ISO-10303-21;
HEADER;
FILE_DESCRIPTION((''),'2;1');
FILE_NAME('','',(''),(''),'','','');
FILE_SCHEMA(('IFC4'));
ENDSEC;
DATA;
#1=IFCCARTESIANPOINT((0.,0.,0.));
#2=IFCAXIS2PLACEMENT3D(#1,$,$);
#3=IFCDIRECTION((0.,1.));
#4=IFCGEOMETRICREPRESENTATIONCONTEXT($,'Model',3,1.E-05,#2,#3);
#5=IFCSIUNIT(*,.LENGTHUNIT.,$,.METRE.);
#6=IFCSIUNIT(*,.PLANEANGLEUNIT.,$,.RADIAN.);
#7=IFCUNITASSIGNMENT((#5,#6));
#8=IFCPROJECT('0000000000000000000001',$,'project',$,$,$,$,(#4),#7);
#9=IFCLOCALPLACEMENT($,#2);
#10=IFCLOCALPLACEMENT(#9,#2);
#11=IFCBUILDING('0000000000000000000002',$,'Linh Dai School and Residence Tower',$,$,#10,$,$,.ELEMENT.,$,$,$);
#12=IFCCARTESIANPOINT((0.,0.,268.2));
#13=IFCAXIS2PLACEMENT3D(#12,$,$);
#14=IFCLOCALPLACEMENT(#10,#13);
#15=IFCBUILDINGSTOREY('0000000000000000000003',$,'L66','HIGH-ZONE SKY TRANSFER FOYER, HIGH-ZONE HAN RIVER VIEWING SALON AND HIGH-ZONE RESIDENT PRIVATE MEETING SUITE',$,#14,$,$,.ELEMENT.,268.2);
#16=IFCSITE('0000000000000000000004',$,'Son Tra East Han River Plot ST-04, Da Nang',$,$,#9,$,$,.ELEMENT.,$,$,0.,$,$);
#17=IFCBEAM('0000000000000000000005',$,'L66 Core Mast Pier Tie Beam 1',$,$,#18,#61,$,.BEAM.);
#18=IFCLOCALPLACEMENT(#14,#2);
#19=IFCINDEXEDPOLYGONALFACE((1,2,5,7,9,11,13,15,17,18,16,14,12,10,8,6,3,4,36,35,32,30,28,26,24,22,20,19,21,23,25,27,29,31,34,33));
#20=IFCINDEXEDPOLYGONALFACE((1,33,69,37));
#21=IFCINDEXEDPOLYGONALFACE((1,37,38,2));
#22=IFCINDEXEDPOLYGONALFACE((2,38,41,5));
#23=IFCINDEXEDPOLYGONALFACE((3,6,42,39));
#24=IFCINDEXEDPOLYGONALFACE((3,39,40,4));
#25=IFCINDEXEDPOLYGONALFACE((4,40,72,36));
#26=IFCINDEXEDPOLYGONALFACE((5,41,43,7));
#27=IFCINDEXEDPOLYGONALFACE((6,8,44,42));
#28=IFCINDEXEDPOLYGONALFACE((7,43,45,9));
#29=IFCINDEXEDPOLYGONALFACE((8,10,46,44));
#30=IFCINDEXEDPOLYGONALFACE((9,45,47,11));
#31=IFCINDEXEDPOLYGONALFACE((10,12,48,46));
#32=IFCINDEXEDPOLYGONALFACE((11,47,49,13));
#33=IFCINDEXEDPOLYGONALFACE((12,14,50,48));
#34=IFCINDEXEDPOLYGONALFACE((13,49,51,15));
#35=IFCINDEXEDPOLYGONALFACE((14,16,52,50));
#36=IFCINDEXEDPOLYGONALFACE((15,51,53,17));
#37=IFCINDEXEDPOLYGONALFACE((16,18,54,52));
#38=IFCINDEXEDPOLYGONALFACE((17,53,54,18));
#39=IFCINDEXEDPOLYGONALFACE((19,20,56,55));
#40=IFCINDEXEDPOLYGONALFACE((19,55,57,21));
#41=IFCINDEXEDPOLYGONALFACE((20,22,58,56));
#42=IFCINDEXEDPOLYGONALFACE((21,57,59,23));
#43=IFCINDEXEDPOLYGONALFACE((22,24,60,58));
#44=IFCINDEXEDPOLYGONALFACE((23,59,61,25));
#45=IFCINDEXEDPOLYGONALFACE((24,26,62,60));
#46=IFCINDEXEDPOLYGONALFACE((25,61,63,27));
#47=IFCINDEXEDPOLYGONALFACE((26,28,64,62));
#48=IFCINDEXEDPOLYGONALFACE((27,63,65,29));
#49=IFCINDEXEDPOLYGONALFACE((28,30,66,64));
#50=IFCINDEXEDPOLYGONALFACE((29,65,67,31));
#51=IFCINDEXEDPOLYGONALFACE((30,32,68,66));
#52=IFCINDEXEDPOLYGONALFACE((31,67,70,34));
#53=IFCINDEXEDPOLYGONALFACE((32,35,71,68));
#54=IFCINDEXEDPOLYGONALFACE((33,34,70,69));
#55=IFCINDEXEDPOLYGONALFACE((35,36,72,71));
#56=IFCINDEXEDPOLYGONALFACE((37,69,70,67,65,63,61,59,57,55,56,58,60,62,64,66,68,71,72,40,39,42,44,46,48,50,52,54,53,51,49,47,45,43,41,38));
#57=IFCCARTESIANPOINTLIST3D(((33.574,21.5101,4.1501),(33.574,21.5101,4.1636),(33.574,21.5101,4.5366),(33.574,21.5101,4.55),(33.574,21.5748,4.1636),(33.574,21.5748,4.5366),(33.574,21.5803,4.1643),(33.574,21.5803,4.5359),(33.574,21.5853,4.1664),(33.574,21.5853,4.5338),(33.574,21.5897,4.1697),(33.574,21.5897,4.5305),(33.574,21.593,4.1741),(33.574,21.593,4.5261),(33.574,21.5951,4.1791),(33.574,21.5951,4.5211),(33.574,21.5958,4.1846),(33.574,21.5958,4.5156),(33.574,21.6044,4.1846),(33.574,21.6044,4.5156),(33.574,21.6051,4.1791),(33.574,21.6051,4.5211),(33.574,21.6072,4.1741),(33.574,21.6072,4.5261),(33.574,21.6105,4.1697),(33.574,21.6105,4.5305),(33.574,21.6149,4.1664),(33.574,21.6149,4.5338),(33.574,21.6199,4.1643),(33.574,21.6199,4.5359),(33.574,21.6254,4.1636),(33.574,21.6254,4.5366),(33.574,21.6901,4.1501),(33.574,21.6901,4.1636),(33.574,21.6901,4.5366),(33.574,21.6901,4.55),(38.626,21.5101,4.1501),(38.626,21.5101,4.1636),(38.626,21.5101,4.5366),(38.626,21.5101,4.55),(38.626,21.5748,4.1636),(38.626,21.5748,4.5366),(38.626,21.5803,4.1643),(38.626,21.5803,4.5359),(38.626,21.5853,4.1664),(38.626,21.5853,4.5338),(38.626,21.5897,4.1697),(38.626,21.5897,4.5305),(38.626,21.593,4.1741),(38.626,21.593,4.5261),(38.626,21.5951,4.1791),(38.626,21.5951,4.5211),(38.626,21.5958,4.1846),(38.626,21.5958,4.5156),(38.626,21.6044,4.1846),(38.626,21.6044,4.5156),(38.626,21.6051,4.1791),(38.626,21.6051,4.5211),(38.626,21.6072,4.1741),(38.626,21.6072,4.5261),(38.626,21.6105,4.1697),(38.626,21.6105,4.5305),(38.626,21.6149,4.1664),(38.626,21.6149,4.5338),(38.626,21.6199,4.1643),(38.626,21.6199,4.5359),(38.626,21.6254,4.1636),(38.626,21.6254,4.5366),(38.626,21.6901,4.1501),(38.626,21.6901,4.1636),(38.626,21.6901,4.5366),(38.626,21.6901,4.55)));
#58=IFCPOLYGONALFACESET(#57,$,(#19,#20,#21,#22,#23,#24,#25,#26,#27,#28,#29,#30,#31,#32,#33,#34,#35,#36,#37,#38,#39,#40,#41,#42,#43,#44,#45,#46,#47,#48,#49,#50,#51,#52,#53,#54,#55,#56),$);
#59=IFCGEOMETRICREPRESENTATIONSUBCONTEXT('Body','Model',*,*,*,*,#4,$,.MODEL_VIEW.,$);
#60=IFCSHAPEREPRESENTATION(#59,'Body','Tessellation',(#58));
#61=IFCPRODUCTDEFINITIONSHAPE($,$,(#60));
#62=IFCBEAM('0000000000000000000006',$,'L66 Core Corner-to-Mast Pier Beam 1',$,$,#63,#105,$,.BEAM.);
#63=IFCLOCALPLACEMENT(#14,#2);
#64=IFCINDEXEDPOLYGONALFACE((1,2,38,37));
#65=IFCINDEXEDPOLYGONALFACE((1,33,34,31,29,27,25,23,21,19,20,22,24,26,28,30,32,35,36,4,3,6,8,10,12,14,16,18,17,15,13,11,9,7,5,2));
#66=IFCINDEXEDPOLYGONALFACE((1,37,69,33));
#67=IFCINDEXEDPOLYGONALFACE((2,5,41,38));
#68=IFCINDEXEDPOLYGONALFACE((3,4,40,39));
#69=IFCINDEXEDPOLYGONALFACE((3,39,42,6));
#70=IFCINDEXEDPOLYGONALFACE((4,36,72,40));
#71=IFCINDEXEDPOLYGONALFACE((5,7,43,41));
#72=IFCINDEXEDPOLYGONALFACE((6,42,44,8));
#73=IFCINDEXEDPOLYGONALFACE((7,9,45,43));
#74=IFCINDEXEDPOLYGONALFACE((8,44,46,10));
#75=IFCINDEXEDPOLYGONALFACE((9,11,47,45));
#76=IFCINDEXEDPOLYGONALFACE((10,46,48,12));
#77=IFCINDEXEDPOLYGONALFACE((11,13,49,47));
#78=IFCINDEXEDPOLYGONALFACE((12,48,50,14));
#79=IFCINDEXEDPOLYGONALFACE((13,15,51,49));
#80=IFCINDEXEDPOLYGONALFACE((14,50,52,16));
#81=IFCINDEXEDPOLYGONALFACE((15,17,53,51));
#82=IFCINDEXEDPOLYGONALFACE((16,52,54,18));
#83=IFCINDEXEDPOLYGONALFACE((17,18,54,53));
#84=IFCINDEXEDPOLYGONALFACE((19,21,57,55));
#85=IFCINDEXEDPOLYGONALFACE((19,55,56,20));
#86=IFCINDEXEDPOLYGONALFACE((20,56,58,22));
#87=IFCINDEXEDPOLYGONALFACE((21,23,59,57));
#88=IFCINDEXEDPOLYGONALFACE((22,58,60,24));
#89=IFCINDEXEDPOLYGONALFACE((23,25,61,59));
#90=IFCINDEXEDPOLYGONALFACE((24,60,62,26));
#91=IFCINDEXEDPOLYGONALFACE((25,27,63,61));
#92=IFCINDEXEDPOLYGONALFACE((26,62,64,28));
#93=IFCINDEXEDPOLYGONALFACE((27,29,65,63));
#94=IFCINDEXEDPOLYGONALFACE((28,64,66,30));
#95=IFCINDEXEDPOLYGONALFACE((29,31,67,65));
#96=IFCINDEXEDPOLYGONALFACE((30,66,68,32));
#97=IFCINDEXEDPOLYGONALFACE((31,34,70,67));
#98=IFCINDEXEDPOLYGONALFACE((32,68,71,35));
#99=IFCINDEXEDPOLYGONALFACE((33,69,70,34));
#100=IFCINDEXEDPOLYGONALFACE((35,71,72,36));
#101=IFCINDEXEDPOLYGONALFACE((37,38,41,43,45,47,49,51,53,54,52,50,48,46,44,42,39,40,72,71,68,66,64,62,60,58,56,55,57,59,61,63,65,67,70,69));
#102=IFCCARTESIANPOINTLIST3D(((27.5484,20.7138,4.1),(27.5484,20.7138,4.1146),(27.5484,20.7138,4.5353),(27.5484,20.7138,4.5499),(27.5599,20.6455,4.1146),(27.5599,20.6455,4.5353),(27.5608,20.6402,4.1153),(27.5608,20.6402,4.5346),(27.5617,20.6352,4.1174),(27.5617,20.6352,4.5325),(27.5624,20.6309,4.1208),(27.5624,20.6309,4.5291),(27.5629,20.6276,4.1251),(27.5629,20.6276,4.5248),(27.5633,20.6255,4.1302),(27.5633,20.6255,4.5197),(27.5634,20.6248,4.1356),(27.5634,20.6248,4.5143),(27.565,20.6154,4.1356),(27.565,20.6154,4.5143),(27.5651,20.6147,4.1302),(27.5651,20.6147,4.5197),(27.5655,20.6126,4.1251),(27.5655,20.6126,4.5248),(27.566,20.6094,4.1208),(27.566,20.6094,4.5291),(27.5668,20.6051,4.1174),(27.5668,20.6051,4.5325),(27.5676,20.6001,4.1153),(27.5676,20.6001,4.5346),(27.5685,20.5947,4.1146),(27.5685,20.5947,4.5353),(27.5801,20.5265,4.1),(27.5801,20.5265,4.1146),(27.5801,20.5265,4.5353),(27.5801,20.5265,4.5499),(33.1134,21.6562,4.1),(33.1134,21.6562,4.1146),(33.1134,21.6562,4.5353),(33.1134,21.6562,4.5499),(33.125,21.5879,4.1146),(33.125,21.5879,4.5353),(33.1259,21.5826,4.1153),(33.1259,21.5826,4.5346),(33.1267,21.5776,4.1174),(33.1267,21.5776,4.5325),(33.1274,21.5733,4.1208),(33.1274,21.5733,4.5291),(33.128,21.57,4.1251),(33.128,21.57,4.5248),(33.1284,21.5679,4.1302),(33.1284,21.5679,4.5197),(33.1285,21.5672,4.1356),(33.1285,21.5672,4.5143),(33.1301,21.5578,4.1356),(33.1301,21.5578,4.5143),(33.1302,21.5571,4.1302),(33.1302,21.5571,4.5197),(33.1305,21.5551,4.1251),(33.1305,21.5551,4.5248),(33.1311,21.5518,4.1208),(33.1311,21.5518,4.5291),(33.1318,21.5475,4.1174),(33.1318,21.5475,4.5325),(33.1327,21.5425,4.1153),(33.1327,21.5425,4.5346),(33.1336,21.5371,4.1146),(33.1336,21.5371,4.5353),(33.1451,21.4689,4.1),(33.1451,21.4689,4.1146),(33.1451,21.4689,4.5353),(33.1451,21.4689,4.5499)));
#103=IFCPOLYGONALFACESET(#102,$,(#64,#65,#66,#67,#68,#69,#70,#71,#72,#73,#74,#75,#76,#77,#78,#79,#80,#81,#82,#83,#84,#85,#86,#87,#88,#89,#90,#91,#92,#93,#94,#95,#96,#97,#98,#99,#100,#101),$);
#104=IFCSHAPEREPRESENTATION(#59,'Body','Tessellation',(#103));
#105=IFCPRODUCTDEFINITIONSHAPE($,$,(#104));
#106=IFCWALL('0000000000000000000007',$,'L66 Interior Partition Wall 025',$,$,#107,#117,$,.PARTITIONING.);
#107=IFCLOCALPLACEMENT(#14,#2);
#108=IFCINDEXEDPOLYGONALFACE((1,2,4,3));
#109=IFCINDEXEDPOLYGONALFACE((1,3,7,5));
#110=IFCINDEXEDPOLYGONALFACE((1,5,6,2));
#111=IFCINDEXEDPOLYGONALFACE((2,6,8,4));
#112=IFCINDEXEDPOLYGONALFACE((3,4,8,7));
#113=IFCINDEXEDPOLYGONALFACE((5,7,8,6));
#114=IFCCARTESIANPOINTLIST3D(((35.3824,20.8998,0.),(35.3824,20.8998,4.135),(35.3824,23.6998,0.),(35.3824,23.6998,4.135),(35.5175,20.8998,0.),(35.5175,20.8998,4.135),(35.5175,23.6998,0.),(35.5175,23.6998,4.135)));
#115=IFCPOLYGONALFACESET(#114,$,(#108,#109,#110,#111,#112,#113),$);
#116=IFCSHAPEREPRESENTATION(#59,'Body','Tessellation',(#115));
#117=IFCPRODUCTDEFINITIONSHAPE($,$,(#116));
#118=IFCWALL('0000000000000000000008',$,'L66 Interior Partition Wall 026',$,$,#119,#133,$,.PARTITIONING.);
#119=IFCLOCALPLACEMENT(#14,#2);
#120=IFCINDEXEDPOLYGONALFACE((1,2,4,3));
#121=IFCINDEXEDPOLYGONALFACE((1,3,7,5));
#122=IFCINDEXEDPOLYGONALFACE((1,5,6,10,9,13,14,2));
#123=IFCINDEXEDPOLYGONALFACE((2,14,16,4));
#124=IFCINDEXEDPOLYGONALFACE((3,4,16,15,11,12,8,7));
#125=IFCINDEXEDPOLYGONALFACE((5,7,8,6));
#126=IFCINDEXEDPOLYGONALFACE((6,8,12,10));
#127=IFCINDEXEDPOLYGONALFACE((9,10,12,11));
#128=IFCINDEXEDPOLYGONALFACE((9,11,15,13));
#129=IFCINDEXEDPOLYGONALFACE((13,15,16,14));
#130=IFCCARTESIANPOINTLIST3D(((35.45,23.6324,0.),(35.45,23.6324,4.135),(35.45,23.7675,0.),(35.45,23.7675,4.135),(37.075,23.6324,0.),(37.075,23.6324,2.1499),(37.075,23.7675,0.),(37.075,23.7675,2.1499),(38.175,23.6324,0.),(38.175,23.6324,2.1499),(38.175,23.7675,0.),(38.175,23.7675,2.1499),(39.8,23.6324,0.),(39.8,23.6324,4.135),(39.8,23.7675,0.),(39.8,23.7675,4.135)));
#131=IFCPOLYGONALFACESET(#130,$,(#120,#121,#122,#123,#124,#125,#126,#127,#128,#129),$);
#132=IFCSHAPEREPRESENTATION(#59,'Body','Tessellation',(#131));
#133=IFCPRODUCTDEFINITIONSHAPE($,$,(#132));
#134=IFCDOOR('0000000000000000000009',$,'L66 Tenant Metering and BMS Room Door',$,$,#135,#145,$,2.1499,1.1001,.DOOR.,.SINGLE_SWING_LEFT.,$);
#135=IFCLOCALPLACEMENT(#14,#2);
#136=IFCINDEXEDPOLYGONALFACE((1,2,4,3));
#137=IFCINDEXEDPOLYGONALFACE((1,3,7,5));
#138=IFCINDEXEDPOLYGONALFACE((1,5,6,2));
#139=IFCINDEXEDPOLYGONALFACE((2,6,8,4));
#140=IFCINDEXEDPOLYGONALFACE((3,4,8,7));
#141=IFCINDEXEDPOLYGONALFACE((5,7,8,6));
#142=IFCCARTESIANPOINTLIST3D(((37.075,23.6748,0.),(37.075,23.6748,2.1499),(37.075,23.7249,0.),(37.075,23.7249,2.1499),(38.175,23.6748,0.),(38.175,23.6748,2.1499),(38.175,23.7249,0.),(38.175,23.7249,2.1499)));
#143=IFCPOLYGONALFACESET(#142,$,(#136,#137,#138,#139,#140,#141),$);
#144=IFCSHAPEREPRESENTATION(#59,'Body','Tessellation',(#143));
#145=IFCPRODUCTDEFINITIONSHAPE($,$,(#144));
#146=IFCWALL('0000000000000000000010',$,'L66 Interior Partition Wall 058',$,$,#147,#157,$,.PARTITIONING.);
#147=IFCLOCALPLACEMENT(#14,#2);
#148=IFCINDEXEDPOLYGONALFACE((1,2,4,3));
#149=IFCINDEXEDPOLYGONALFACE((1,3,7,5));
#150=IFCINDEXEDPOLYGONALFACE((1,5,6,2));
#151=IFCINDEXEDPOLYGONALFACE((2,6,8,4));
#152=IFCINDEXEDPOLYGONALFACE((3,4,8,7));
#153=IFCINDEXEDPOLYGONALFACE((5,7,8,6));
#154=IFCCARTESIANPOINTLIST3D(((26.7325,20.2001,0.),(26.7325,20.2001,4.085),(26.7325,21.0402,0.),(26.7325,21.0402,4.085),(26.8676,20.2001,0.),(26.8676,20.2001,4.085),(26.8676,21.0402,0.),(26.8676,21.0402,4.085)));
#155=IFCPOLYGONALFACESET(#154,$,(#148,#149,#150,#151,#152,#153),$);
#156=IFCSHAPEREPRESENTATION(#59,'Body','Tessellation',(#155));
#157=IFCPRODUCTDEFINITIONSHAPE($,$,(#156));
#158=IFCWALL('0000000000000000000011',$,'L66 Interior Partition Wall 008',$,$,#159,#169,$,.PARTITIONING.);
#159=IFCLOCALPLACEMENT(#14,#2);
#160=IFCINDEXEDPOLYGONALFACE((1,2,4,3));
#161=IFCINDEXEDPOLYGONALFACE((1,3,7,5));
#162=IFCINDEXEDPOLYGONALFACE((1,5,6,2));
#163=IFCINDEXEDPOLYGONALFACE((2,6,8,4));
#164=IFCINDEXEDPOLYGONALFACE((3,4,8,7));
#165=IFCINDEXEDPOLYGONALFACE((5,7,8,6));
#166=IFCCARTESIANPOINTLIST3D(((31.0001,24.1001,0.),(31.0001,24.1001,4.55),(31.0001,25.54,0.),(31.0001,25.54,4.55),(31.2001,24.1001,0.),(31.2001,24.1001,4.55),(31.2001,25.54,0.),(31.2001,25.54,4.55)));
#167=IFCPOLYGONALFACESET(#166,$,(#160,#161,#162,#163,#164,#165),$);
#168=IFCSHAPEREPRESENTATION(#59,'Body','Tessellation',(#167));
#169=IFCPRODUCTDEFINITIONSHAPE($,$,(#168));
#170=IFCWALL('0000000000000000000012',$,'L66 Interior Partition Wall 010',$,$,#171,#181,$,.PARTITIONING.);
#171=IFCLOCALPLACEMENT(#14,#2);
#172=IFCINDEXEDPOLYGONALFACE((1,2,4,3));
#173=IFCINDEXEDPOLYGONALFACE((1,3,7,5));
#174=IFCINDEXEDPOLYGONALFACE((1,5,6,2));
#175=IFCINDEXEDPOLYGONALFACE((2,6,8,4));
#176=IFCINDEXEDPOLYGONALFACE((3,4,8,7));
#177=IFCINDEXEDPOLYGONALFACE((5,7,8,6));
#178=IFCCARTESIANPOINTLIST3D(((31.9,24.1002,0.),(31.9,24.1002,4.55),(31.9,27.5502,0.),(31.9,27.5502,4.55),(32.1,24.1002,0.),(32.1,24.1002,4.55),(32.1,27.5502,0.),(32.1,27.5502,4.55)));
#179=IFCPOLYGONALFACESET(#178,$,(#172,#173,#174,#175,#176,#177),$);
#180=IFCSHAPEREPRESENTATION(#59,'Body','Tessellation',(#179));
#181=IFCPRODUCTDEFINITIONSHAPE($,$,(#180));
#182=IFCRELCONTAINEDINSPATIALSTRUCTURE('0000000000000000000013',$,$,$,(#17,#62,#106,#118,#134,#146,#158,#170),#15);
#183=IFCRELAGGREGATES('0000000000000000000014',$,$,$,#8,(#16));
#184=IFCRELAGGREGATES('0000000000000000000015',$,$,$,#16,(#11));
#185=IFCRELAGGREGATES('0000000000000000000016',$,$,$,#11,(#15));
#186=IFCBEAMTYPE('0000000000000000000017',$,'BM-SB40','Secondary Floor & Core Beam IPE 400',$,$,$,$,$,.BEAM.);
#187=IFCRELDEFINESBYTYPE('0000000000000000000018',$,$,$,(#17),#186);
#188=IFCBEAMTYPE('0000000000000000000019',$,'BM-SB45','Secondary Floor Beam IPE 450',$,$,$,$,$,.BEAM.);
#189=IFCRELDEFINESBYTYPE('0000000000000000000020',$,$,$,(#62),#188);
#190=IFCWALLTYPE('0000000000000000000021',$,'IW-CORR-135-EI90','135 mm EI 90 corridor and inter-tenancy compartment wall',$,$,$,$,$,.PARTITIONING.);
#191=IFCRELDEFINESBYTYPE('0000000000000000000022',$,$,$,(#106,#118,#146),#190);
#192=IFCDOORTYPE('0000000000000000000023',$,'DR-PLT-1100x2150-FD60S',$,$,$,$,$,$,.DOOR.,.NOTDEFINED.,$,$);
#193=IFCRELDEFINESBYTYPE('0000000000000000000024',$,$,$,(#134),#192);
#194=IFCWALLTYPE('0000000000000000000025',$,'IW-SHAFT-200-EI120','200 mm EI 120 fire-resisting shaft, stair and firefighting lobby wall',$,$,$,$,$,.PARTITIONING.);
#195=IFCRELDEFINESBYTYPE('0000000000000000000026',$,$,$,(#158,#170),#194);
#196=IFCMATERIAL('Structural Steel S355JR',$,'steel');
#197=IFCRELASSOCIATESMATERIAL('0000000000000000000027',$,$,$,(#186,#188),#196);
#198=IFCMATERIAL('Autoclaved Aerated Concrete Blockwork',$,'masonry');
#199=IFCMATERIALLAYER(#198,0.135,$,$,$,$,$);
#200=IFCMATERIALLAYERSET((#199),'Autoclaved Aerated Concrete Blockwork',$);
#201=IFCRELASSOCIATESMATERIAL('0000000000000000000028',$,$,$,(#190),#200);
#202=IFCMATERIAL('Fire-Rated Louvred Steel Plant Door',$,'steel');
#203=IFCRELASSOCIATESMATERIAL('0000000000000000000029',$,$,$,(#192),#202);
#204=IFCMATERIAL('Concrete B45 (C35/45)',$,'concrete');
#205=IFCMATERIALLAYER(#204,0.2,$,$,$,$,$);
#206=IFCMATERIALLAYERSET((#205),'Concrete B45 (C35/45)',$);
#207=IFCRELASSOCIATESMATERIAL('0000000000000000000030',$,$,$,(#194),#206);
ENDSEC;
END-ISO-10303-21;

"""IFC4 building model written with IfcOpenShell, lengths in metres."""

from ifc_helpers import new_model, si_unit, direction, frame, frame_2d, origin, origin_2d, place, context, subcontext, project, spatial, rectangle, i_section, extrude, source, transform, mapped, material, layer, layer_set, material_profile, profile_set, type_object, element, fill, save


model = new_model("IFC4")

# Units and contexts
model_context = context("Model", 3, precision=1e-05, world=origin(), true_north=direction((0.0, 1.0)))
body_context = subcontext(model_context, "Body", "Model", "MODEL_VIEW")
ifc_project = project(units=[si_unit("LENGTHUNIT", "METRE"), si_unit("PLANEANGLEUNIT", "RADIAN")], contexts=[model_context])

# Site, building, storey
site_placement = place(None, origin())
site = spatial("IfcSite", under=ifc_project, at=site_placement, Name="Son Tra East Han River Plot ST-04, Da Nang", CompositionType="ELEMENT", RefElevation=0.0)
building_placement = place(site_placement, origin())
building = spatial("IfcBuilding", under=site, at=building_placement, Name="Linh Dai School and Residence Tower", CompositionType="ELEMENT")
storey_placement = place(building_placement, frame((0.0, 0.0, 268.2)))
storey = spatial("IfcBuildingStorey", under=building, at=storey_placement, Name="L66", Description="HIGH-ZONE SKY TRANSFER FOYER, HIGH-ZONE HAN RIVER VIEWING SALON AND HIGH-ZONE RESIDENT PRIVATE MEETING SUITE", CompositionType="ELEMENT", Elevation=268.2)

# Shared definitions
ifc_material_1 = material(Name="Structural Steel S355JR", Category="steel")

# Beams
ifc_material_profile_1 = material_profile(ifc_material_1, i_section(OverallWidth=0.1799, OverallDepth=0.3999, WebThickness=0.0085, FlangeThickness=0.0134, FilletRadius=0.021, at=origin_2d()), Name="IPE 400")
ifc_profile_set_1 = profile_set([ifc_material_profile_1], Name="Structural Steel S355JR")
beam_type_1 = type_object("IfcBeamType", Name="BM-SB40", Description="Secondary Floor & Core Beam IPE 400", PredefinedType="BEAM", material=ifc_profile_set_1)
beam_1_placement = place(storey_placement, frame((33.574, 21.6001, 4.3501), z_axis=(1.0, 0.0, 0.0), x_axis=(0.0, 1.0, 0.0)))
element("IfcBeam", 1, at=beam_1_placement, inside=storey, type_object=beam_type_1, Name="L66 Core Mast Pier Tie Beam 1", PredefinedType="BEAM", context=body_context, shape_type="SweptSolid", body=[
    extrude(i_section(OverallWidth=0.1799, OverallDepth=0.3999, WebThickness=0.0085, FlangeThickness=0.0134, FilletRadius=0.021, at=origin_2d()), origin(), (0.0, 0.0, 1.0), 5.052),
])
ifc_material_profile_2 = material_profile(ifc_material_1, i_section(OverallWidth=0.1899, OverallDepth=0.45, WebThickness=0.0095, FlangeThickness=0.0146, FilletRadius=0.021, at=origin_2d()), Name="IPE 450")
ifc_profile_set_2 = profile_set([ifc_material_profile_2], Name="Structural Steel S355JR")
beam_type_2 = type_object("IfcBeamType", Name="BM-SB45", Description="Secondary Floor Beam IPE 450", PredefinedType="BEAM", material=ifc_profile_set_2)
beam_2_placement = place(storey_placement, frame((27.5642, 20.6201, 4.325), z_axis=(0.985963, 0.166966, 0.0), x_axis=(-0.166966, 0.985963, 0.0)))
element("IfcBeam", 2, at=beam_2_placement, inside=storey, type_object=beam_type_2, Name="L66 Core Corner-to-Mast Pier Beam 1", PredefinedType="BEAM", context=body_context, shape_type="SweptSolid", body=[
    extrude(i_section(OverallWidth=0.1899, OverallDepth=0.45, WebThickness=0.0095, FlangeThickness=0.0146, FilletRadius=0.021, at=origin_2d()), origin(), (0.0, 0.0, 1.0), 5.6443),
])

# Wall
ifc_material_2 = material(Name="Autoclaved Aerated Concrete Blockwork", Category="masonry")
ifc_layer_1 = layer(ifc_material_2, 0.135)
ifc_layer_set_1 = layer_set([ifc_layer_1], Name="Autoclaved Aerated Concrete Blockwork")
wall_type_1 = type_object("IfcWallType", Name="IW-CORR-135-EI90", Description="135 mm EI 90 corridor and inter-tenancy compartment wall", PredefinedType="PARTITIONING", material=ifc_layer_set_1)
wall_1_placement = place(storey_placement, frame((35.45, 20.8999, 0.0), z_axis=(0.0, 0.0, 1.0), x_axis=(0.0, 1.0, 0.0)))
element("IfcWall", 3, at=wall_1_placement, inside=storey, type_object=wall_type_1, Name="L66 Interior Partition Wall 025", PredefinedType="PARTITIONING", context=body_context, shape_type="SweptSolid", body=[
    extrude(rectangle(XDim=2.8, YDim=0.135, at=frame_2d((1.3999, 0.0))), origin(), (0.0, 0.0, 1.0), 4.135),
])

# Wall, opening, door
wall_2_placement = place(storey_placement, frame((35.45, 23.7, 0.0), z_axis=(0.0, 0.0, 1.0), x_axis=(1.0, 0.0, 0.0)))
wall_2 = element("IfcWall", 4, at=wall_2_placement, inside=storey, type_object=wall_type_1, Name="L66 Interior Partition Wall 026", PredefinedType="PARTITIONING", context=body_context, shape_type="SweptSolid", body=[
    extrude(rectangle(XDim=4.3501, YDim=0.135, at=frame_2d((2.175, 0.0))), origin(), (0.0, 0.0, 1.0), 4.135),
])
opening_1_placement = place(wall_2_placement, frame((1.625, 0.0, 0.0)))
opening_1 = element("IfcOpeningElement", 5, at=opening_1_placement, cuts=wall_2, PredefinedType="OPENING", context=body_context, shape_type="SweptSolid", body=[
    extrude(rectangle(XDim=1.1001, YDim=2.1499, at=origin_2d()), frame((0.55, 0.0776, 1.075), z_axis=(0.0, -1.0, 0.0), x_axis=(1.0, 0.0, 0.0)), (0.0, 0.0, 1.0), 0.155),
])
ifc_material_3 = material(Name="Fire-Rated Louvred Steel Plant Door", Category="steel")
door_type_1 = type_object("IfcDoorType", Name="DR-PLT-1100x2150-FD60S", OperationType="NOTDEFINED", PredefinedType="DOOR", material=ifc_material_3)
shared_shape_1 = source(origin(), body_context, "Body", "SweptSolid", [
    extrude(rectangle(XDim=1.1001, YDim=2.1499, at=origin_2d()), frame((0.55, 0.0249, 1.075), z_axis=(0.0, -1.0, 0.0), x_axis=(1.0, 0.0, 0.0)), (0.0, 0.0, 1.0), 0.05),
])
door_1_placement = place(opening_1_placement, origin())
door_1 = element("IfcDoor", 6, at=door_1_placement, inside=storey, type_object=door_type_1, Name="L66 Tenant Metering and BMS Room Door", OperationType="SINGLE_SWING_LEFT", OverallHeight=2.1499, OverallWidth=1.1001, PredefinedType="DOOR", context=body_context, shape_type="MappedRepresentation", body=[
    mapped(shared_shape_1, transform((0.0, 0.0, 0.0), x_axis=(1.0, 0.0, 0.0), y_axis=(0.0, 1.0, 0.0), z_axis=(0.0, 0.0, 1.0), scale=1.0)),
])
fill(opening_1, door_1)

# Wall
wall_3_placement = place(storey_placement, frame((26.8, 21.04, 0.0), z_axis=(0.0, 0.0, 1.0), x_axis=(0.0, -1.0, 0.0)))
element("IfcWall", 7, at=wall_3_placement, inside=storey, type_object=wall_type_1, Name="L66 Interior Partition Wall 058", PredefinedType="PARTITIONING", context=body_context, shape_type="SweptSolid", body=[
    extrude(rectangle(XDim=0.8401, YDim=0.135, at=frame_2d((0.4199, 0.0))), origin(), (0.0, 0.0, 1.0), 4.085),
])

# Shared definitions
ifc_material_4 = material(Name="Concrete B45 (C35/45)", Category="concrete")
ifc_layer_2 = layer(ifc_material_4, 0.2)
ifc_layer_set_2 = layer_set([ifc_layer_2], Name="Concrete B45 (C35/45)")
wall_type_2 = type_object("IfcWallType", Name="IW-SHAFT-200-EI120", Description="200 mm EI 120 fire-resisting shaft, stair and firefighting lobby wall", PredefinedType="PARTITIONING", material=ifc_layer_set_2)

# Walls
wall_4_placement = place(storey_placement, frame((31.1001, 24.1001, 0.0), z_axis=(0.0, 0.0, 1.0), x_axis=(0.0, 1.0, 0.0)))
element("IfcWall", 8, at=wall_4_placement, inside=storey, type_object=wall_type_2, Name="L66 Interior Partition Wall 008", PredefinedType="PARTITIONING", context=body_context, shape_type="SweptSolid", body=[
    extrude(rectangle(XDim=1.4399, YDim=0.2, at=frame_2d((0.72, 0.0))), origin(), (0.0, 0.0, 1.0), 4.55),
])
wall_5_placement = place(storey_placement, frame((32.0, 24.1001, 0.0), z_axis=(0.0, 0.0, 1.0), x_axis=(0.0, 1.0, 0.0)))
element("IfcWall", 9, at=wall_5_placement, inside=storey, type_object=wall_type_2, Name="L66 Interior Partition Wall 010", PredefinedType="PARTITIONING", context=body_context, shape_type="SweptSolid", body=[
    extrude(rectangle(XDim=3.45, YDim=0.2, at=frame_2d((1.7251, 0.0))), origin(), (0.0, 0.0, 1.0), 4.55),
])

save(model, "model.ifc")
